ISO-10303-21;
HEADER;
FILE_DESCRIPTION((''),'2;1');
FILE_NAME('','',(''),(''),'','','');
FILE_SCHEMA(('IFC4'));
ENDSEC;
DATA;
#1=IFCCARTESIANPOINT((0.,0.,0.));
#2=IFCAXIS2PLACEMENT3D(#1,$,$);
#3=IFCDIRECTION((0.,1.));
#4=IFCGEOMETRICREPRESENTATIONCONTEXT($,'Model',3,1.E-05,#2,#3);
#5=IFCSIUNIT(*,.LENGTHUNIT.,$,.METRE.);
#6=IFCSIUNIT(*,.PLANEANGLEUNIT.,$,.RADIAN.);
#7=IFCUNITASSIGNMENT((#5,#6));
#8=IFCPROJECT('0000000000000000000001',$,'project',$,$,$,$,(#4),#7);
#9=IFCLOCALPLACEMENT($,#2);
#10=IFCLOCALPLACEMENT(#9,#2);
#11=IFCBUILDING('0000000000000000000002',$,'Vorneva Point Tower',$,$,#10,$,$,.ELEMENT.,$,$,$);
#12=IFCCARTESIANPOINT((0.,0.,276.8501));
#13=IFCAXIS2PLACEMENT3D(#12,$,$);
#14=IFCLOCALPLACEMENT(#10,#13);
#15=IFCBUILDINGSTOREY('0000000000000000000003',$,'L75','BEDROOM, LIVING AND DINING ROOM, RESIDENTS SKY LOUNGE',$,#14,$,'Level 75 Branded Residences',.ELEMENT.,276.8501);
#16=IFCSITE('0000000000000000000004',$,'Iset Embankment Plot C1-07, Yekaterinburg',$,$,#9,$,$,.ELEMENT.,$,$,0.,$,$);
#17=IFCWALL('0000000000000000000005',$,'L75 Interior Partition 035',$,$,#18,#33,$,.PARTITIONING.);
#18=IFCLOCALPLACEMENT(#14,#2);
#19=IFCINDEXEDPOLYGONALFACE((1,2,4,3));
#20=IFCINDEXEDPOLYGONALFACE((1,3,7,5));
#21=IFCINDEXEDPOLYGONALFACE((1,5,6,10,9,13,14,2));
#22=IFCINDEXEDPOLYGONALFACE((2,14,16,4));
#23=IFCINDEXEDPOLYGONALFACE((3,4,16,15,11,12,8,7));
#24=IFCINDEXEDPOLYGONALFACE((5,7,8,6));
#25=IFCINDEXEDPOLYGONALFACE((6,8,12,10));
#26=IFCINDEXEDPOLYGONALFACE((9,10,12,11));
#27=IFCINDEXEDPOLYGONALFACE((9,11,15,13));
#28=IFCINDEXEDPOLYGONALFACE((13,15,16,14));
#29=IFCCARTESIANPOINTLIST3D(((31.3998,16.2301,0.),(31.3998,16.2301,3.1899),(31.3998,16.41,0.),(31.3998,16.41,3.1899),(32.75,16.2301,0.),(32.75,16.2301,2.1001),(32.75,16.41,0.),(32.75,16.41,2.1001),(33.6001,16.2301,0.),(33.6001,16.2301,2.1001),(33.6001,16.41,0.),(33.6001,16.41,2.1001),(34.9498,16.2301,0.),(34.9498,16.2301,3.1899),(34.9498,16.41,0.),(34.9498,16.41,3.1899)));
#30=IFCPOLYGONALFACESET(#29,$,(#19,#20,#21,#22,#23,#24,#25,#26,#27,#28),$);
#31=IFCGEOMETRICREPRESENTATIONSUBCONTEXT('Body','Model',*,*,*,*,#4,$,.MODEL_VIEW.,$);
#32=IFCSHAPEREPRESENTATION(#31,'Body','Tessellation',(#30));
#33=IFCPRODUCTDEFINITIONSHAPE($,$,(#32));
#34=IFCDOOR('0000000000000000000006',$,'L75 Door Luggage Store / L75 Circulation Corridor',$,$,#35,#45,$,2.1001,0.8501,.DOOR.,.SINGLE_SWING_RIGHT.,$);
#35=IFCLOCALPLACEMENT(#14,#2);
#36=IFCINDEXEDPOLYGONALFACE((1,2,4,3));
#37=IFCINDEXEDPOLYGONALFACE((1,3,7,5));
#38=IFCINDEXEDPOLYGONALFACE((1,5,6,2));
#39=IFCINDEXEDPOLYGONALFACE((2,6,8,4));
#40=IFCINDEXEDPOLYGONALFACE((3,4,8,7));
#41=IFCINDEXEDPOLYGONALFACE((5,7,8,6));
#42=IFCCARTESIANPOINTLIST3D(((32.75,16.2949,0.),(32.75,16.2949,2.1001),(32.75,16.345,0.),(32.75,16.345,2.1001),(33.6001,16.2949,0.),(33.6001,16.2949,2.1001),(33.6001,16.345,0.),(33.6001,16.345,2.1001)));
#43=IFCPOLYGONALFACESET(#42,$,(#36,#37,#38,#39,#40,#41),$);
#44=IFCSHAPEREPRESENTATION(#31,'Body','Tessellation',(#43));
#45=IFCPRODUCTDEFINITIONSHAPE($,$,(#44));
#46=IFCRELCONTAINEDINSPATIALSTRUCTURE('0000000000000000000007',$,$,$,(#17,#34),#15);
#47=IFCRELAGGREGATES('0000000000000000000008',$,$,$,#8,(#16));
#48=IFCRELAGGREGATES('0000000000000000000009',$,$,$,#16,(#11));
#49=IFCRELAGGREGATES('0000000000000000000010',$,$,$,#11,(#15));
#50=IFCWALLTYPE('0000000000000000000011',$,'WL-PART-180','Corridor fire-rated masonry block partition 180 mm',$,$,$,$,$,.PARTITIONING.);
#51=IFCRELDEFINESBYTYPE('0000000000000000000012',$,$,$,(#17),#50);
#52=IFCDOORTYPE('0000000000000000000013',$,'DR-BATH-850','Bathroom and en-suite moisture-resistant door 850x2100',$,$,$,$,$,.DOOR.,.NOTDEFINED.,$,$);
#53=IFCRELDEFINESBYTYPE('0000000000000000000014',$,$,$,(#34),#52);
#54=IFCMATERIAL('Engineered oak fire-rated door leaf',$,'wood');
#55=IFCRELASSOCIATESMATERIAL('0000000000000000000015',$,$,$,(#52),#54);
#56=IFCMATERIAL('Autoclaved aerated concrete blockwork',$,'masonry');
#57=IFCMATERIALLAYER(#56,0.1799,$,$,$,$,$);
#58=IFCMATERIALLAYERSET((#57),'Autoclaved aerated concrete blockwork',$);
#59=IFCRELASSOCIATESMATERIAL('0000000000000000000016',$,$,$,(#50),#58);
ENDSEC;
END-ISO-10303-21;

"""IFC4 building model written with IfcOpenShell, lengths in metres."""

from ifc_helpers import new_model, si_unit, direction, frame, frame_2d, origin, place, context, subcontext, project, spatial, rectangle, extrude, material, layer, layer_set, type_object, element, fill, save


model = new_model("IFC4")

# Units and contexts
model_context = context("Model", 3, precision=1e-05, world=origin(), true_north=direction((0.0, 1.0)))
body_context = subcontext(model_context, "Body", "Model", "MODEL_VIEW")
ifc_project = project(units=[si_unit("LENGTHUNIT", "METRE"), si_unit("PLANEANGLEUNIT", "RADIAN")], contexts=[model_context])

# Site, building, storey
site_placement = place(None, origin())
site = spatial("IfcSite", under=ifc_project, at=site_placement, Name="Iset Embankment Plot C1-07, Yekaterinburg", CompositionType="ELEMENT", RefElevation=0.0)
building_placement = place(site_placement, origin())
building = spatial("IfcBuilding", under=site, at=building_placement, Name="Vorneva Point Tower", CompositionType="ELEMENT")
storey_placement = place(building_placement, frame((0.0, 0.0, 276.8501)))
storey = spatial("IfcBuildingStorey", under=building, at=storey_placement, Name="L75", Description="BEDROOM, LIVING AND DINING ROOM, RESIDENTS SKY LOUNGE", LongName="Level 75 Branded Residences", CompositionType="ELEMENT", Elevation=276.8501)

# Shared definitions
ifc_material_1 = material(Name="Engineered oak fire-rated door leaf", Category="wood")
door_type_1 = type_object("IfcDoorType", Name="DR-BATH-850", Description="Bathroom and en-suite moisture-resistant door 850x2100", OperationType="NOTDEFINED", PredefinedType="DOOR", material=ifc_material_1)

# Wall, opening, door
ifc_material_2 = material(Name="Autoclaved aerated concrete blockwork", Category="masonry")
ifc_layer_1 = layer(ifc_material_2, 0.1799)
ifc_layer_set_1 = layer_set([ifc_layer_1], Name="Autoclaved aerated concrete blockwork")
wall_type_1 = type_object("IfcWallType", Name="WL-PART-180", Description="Corridor fire-rated masonry block partition 180 mm", PredefinedType="PARTITIONING", material=ifc_layer_set_1)
wall_1_placement = place(storey_placement, frame((31.3999, 16.3201, 0.0), z_axis=(0.0, 0.0, 1.0), x_axis=(1.0, 0.0, 0.0)))
wall_1 = element("IfcWall", 1, at=wall_1_placement, inside=storey, type_object=wall_type_1, Name="L75 Interior Partition 035", PredefinedType="PARTITIONING", context=body_context, shape_type="SweptSolid", body=[
    extrude(rectangle(XDim=3.55, YDim=0.1799, at=frame_2d((1.7749, 0.0))), origin(), (0.0, 0.0, 1.0), 3.1899),
])
opening_1_placement = place(wall_1_placement, frame((1.3501, 0.0, 0.0)))
opening_1 = element("IfcOpeningElement", 2, at=opening_1_placement, cuts=wall_1, PredefinedType="OPENING", context=body_context, shape_type="SweptSolid", body=[
    extrude(rectangle(XDim=0.8501, YDim=2.1001, at=frame_2d((0.425, 1.05))), frame((0.0, 0.105, 0.0), z_axis=(0.0, -1.0, 0.0), x_axis=(1.0, 0.0, 0.0)), (0.0, 0.0, 1.0), 0.2097),
])
door_1_placement = place(opening_1_placement, origin())
door_1 = element("IfcDoor", 3, at=door_1_placement, inside=storey, type_object=door_type_1, Name="L75 Door Luggage Store / L75 Circulation Corridor", OperationType="SINGLE_SWING_RIGHT", OverallHeight=2.1001, OverallWidth=0.8501, PredefinedType="DOOR", context=body_context, shape_type="SweptSolid", body=[
    extrude(rectangle(XDim=0.8501, YDim=2.1001, at=frame_2d((0.425, 1.05))), frame((0.0, 0.0249, 0.0), z_axis=(0.0, -1.0, 0.0), x_axis=(1.0, 0.0, 0.0)), (0.0, 0.0, 1.0), 0.05),
])
fill(opening_1, door_1)

save(model, "model.ifc")
